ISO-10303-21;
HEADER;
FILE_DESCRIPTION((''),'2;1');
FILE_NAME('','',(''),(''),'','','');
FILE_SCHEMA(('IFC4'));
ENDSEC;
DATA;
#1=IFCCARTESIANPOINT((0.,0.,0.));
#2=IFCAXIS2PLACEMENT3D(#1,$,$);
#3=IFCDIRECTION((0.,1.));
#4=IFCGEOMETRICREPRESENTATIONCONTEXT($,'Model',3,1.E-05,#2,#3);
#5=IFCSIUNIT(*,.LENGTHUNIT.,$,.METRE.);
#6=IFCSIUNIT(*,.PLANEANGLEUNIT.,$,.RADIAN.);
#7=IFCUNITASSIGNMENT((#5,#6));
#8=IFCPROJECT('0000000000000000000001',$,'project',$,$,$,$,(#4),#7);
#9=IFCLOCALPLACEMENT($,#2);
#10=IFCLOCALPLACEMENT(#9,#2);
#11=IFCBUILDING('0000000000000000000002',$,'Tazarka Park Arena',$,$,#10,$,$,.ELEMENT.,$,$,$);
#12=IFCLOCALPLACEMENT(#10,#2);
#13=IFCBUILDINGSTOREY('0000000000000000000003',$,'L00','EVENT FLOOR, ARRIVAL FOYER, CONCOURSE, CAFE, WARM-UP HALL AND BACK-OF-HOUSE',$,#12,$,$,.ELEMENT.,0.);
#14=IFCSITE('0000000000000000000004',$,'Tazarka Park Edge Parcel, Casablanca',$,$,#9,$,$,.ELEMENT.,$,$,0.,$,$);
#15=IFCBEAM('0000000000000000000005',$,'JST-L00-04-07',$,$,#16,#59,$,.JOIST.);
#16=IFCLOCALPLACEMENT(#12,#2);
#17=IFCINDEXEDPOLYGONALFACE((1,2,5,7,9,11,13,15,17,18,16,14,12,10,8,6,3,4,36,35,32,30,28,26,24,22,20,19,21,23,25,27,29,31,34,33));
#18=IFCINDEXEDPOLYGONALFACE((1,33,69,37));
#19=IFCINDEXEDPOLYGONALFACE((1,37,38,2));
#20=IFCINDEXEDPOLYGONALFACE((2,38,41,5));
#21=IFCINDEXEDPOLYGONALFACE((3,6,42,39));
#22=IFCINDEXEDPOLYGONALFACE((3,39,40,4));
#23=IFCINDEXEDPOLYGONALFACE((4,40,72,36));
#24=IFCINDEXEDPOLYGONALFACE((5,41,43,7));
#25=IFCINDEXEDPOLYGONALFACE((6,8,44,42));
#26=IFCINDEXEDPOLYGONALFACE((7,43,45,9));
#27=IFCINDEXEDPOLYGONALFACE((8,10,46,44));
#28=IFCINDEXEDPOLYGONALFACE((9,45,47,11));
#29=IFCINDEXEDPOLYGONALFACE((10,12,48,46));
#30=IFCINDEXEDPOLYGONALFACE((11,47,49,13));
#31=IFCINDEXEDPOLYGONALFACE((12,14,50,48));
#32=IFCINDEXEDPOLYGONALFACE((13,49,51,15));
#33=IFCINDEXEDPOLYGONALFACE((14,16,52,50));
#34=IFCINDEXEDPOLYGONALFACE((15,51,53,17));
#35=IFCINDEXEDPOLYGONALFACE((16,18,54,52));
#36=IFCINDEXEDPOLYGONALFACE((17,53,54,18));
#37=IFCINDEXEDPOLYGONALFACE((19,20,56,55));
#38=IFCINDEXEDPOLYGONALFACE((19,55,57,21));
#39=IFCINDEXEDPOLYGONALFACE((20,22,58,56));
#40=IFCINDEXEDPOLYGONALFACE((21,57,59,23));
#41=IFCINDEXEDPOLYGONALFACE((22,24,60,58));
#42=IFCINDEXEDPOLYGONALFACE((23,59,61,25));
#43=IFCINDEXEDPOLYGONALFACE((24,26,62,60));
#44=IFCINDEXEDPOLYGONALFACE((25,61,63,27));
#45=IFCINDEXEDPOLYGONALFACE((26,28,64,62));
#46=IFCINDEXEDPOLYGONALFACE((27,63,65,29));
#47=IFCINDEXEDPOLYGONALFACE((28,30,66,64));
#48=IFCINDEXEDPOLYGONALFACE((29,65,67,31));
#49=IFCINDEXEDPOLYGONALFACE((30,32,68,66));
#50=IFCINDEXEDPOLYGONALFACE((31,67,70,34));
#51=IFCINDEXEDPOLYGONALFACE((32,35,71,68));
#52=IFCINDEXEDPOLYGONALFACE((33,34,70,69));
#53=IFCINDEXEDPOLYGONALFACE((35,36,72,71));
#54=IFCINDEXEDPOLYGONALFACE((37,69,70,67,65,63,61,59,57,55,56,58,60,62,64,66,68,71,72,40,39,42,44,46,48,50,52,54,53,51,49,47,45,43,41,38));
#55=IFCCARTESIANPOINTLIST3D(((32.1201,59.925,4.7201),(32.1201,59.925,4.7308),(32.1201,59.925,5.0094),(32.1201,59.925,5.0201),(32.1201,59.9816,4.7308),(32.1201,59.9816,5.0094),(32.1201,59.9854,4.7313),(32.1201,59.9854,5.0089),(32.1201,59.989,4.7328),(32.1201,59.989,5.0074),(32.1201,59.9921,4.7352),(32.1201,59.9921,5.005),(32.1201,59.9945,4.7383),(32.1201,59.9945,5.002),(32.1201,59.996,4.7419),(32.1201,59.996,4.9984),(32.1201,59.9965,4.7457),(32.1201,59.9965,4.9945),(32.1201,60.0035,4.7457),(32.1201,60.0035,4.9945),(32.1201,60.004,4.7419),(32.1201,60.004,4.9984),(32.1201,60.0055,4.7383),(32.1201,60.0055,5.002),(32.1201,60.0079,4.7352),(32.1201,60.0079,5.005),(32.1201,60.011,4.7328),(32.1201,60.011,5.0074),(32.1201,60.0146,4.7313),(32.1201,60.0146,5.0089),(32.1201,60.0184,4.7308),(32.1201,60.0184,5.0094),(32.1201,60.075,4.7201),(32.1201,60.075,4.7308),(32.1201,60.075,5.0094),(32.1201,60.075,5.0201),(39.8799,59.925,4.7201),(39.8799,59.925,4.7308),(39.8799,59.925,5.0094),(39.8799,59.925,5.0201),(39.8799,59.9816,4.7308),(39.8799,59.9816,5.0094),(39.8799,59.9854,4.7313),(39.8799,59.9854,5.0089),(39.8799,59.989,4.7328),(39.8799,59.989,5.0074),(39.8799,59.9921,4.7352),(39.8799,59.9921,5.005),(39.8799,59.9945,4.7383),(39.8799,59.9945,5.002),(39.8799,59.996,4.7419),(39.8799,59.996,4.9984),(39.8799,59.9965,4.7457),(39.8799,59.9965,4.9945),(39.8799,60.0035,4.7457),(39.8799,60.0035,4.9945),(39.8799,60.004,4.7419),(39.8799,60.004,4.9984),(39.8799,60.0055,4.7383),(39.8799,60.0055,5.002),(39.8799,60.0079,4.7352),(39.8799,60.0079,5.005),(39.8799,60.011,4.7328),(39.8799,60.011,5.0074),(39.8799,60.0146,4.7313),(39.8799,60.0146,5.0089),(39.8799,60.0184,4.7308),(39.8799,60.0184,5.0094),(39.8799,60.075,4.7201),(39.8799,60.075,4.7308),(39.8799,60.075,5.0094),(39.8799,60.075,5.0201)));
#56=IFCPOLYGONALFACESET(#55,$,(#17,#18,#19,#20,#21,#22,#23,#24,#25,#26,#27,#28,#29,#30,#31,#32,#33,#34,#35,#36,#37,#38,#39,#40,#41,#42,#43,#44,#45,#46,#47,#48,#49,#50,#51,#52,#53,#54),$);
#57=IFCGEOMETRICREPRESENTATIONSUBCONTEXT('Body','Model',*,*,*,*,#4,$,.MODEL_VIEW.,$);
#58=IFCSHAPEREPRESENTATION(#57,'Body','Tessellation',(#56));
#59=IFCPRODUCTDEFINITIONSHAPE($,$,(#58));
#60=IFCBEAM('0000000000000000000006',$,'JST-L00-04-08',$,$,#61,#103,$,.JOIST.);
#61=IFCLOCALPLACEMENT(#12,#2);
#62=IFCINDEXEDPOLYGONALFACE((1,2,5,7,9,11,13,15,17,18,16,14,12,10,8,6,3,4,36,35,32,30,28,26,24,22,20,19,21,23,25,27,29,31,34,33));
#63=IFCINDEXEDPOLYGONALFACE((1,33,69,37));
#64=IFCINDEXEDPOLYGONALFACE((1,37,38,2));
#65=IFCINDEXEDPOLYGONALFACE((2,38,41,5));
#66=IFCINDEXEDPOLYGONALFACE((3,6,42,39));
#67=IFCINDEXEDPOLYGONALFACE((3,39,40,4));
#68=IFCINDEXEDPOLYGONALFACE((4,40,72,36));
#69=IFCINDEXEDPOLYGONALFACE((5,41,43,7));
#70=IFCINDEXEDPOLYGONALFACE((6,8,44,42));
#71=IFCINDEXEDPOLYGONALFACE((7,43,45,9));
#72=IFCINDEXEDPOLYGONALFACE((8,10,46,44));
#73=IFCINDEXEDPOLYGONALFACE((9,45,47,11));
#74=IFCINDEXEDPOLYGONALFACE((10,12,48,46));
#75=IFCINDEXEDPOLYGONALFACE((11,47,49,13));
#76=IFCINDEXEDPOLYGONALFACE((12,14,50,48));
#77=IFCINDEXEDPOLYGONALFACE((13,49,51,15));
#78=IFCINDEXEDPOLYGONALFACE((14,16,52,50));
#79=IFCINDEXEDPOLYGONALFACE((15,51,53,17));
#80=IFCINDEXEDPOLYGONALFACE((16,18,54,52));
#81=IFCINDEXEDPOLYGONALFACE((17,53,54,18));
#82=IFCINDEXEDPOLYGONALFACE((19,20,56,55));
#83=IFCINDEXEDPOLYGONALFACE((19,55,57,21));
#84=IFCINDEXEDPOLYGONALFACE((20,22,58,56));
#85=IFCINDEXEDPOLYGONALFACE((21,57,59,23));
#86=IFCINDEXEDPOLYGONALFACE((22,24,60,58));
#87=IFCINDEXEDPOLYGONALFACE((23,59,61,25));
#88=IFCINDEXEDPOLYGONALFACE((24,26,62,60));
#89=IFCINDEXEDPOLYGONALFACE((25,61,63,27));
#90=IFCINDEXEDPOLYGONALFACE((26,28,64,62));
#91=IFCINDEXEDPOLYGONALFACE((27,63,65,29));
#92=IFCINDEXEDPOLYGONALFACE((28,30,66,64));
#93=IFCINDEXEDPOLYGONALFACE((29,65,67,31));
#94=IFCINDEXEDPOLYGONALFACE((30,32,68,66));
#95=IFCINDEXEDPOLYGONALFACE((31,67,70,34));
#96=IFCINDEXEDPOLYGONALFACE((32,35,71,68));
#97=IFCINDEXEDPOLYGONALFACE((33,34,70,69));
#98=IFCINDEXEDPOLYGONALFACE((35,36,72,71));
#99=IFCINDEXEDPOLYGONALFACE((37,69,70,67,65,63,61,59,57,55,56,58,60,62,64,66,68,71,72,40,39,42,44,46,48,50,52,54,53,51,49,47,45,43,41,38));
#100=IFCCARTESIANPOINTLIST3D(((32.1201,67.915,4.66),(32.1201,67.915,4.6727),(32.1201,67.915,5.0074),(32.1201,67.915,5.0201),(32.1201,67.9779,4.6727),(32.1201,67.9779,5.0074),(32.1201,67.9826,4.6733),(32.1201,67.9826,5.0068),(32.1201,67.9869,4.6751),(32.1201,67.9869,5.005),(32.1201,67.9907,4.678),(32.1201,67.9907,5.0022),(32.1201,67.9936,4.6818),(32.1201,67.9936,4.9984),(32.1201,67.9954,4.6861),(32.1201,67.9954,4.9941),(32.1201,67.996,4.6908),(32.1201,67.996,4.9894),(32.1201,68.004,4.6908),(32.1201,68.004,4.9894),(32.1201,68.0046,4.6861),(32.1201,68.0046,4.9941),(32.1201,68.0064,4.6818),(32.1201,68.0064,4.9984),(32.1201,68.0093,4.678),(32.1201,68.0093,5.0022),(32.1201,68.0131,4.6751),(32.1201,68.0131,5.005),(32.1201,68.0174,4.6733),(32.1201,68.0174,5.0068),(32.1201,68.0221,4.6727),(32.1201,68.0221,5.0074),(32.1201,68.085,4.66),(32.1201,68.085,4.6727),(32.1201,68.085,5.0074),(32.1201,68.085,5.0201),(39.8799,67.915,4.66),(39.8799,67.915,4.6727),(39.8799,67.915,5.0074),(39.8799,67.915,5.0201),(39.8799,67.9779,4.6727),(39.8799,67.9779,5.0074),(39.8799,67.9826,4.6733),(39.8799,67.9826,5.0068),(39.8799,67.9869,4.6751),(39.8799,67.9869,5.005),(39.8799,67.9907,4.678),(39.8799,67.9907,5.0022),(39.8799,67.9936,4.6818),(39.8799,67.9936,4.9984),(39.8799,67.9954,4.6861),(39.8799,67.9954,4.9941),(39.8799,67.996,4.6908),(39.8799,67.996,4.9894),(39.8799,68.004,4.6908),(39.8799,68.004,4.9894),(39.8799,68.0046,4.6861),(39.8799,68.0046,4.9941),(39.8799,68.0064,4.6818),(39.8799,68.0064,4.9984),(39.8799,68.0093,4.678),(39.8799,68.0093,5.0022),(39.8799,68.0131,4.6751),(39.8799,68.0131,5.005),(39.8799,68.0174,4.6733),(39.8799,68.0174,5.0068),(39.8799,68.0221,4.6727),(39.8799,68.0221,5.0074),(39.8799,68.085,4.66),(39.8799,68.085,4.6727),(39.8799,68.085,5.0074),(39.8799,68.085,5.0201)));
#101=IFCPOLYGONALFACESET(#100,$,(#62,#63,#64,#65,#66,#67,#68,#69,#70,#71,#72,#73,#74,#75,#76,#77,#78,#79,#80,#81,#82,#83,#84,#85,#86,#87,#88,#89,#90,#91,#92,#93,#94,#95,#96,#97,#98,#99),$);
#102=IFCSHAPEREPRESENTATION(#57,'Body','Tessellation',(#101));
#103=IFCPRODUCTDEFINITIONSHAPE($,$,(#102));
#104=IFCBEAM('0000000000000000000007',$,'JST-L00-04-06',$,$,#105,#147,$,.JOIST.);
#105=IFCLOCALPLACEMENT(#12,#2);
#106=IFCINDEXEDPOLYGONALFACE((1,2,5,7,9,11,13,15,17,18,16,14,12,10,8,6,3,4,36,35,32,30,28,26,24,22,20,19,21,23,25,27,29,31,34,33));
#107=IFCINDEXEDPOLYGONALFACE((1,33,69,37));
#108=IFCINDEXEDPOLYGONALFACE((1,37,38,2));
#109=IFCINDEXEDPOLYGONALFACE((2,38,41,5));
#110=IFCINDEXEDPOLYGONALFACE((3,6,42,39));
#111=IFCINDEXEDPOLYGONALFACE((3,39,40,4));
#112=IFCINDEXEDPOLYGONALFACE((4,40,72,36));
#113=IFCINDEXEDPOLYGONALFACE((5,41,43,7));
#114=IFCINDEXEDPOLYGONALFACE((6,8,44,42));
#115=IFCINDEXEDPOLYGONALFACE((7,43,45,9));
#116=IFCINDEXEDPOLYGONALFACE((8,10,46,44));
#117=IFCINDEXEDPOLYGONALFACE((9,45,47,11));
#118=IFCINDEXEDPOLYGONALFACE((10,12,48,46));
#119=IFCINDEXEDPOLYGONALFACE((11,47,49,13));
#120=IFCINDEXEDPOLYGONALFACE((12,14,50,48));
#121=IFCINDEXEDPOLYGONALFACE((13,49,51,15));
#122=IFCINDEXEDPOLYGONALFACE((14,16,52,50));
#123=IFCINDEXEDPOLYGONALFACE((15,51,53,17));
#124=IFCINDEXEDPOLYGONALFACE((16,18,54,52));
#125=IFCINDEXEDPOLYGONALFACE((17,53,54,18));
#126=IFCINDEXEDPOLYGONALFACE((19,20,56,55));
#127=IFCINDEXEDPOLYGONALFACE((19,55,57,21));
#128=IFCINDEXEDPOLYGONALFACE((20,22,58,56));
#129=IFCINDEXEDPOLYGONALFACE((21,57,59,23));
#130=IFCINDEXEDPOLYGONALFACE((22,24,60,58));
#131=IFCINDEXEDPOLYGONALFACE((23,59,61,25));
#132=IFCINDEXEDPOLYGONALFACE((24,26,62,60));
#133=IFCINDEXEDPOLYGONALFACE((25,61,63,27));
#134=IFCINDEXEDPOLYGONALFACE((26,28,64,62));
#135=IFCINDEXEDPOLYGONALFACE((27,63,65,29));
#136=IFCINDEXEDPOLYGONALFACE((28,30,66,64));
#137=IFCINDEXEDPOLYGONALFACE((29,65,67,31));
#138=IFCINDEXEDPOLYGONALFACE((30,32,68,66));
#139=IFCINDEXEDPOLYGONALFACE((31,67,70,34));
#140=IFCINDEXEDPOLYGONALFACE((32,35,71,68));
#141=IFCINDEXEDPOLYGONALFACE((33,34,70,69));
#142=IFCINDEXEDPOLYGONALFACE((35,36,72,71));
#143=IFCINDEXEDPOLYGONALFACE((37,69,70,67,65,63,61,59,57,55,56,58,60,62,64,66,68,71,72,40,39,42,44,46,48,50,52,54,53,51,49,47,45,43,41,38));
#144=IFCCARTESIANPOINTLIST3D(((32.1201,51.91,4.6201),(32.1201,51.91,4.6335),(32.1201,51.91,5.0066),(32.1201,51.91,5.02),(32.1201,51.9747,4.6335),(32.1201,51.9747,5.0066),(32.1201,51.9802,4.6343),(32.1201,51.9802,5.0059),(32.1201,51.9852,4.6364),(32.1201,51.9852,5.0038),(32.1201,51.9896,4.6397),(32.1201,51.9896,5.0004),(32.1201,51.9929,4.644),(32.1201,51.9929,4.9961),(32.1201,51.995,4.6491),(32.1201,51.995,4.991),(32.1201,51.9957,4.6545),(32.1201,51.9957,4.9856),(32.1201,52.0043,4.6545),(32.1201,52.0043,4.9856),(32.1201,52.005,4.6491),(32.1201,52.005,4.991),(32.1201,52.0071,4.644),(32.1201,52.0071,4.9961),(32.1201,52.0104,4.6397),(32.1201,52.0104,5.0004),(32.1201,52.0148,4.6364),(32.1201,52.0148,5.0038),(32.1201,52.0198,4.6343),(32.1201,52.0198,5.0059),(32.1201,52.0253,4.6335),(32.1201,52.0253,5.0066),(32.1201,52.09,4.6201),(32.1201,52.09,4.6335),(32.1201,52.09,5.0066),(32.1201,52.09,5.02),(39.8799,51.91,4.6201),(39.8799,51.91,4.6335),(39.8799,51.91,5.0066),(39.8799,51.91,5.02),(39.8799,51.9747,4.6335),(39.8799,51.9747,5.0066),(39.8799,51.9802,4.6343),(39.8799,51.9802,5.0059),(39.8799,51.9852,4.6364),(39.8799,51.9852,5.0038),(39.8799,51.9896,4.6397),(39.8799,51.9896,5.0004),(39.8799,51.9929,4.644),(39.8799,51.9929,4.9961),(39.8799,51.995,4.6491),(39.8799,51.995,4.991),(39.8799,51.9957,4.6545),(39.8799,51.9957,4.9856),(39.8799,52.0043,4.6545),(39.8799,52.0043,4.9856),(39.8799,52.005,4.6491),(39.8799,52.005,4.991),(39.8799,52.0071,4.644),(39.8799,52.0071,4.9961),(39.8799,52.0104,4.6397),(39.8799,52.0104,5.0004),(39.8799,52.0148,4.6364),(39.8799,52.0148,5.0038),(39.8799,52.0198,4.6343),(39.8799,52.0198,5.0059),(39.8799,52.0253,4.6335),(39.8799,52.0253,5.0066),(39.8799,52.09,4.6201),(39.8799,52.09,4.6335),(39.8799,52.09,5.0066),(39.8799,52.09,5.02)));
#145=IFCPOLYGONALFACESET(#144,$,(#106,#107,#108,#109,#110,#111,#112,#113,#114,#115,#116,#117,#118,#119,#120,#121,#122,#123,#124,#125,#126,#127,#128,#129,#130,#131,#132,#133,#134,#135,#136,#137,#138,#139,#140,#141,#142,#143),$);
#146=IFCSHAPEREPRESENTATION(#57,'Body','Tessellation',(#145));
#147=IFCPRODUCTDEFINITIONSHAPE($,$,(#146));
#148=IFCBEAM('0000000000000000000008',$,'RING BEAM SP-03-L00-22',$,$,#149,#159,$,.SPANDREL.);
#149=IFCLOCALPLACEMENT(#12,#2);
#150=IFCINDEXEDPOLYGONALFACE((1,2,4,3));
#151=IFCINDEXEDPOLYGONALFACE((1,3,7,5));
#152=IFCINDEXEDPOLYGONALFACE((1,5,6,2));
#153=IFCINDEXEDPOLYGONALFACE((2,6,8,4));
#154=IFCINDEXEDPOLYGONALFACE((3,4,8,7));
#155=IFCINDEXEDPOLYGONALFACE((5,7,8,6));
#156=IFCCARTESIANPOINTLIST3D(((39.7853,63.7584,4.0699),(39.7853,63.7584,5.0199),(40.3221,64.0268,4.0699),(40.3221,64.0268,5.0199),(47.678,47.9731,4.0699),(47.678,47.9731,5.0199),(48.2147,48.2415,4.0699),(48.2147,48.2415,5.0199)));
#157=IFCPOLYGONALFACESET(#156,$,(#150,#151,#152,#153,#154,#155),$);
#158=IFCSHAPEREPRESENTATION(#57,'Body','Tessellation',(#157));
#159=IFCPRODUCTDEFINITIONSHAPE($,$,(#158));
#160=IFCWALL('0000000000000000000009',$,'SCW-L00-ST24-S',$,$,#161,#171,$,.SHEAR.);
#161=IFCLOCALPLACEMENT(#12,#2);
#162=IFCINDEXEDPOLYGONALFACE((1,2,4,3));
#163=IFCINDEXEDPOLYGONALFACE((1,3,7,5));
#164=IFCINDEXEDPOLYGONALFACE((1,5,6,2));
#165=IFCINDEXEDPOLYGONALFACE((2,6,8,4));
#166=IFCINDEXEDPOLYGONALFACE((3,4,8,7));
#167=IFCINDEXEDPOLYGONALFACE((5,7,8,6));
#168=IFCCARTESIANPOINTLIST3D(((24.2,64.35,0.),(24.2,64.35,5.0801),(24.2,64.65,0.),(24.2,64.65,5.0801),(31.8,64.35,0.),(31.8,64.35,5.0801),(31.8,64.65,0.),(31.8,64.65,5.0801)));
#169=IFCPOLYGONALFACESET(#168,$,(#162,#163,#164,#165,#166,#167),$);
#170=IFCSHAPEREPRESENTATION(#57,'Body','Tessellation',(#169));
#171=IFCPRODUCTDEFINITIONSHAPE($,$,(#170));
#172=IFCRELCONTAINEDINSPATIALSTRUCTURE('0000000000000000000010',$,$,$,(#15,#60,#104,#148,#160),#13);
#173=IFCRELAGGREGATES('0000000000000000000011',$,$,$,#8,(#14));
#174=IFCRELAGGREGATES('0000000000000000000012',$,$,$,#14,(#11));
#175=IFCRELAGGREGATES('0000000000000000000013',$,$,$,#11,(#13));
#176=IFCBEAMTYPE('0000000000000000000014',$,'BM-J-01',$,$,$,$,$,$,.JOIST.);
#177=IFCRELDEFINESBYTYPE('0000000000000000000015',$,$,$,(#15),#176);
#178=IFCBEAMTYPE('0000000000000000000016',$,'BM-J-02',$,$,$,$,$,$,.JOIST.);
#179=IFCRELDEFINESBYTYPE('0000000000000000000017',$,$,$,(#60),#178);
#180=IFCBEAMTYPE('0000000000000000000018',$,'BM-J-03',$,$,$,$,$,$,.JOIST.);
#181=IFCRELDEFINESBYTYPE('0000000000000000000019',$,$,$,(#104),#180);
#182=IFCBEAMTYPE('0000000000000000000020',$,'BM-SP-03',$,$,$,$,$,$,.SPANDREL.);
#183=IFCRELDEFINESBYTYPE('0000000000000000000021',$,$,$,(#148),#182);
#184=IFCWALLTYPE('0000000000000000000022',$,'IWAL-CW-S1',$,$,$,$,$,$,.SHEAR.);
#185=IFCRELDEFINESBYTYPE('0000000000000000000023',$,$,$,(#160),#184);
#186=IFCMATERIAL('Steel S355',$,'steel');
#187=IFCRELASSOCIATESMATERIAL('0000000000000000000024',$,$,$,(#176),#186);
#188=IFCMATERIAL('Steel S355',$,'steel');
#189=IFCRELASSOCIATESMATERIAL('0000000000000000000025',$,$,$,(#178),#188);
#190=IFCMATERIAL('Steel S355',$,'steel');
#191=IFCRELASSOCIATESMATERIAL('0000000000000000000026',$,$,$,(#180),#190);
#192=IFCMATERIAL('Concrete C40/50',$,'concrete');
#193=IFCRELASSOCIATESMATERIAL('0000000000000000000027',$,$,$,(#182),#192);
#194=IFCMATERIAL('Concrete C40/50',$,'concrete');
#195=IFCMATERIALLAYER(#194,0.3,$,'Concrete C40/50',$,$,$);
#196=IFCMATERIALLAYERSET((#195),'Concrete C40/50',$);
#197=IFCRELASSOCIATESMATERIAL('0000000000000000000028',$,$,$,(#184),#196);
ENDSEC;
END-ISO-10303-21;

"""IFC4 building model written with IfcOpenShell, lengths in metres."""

from ifc_helpers import new_model, si_unit, direction, frame, frame_2d, origin, origin_2d, place, context, subcontext, project, spatial, rectangle, i_section, extrude, material, layer, layer_set, material_profile, profile_set, type_object, element, save


model = new_model("IFC4")

# Units and contexts
model_context = context("Model", 3, precision=1e-05, world=origin(), true_north=direction((0.0, 1.0)))
body_context = subcontext(model_context, "Body", "Model", "MODEL_VIEW")
ifc_project = project(units=[si_unit("LENGTHUNIT", "METRE"), si_unit("PLANEANGLEUNIT", "RADIAN")], contexts=[model_context])

# Site, building, storey
site_placement = place(None, origin())
site = spatial("IfcSite", under=ifc_project, at=site_placement, Name="Tazarka Park Edge Parcel, Casablanca", CompositionType="ELEMENT", RefElevation=0.0)
building_placement = place(site_placement, origin())
building = spatial("IfcBuilding", under=site, at=building_placement, Name="Tazarka Park Arena", CompositionType="ELEMENT")
storey_placement = place(building_placement, origin())
storey = spatial("IfcBuildingStorey", under=building, at=storey_placement, Name="L00", Description="EVENT FLOOR, ARRIVAL FOYER, CONCOURSE, CAFE, WARM-UP HALL AND BACK-OF-HOUSE", CompositionType="ELEMENT", Elevation=0.0)

# Beams
ifc_material_1 = material(Name="Steel S355", Category="steel")
ifc_material_profile_1 = material_profile(ifc_material_1, i_section(OverallWidth=0.1499, OverallDepth=0.3, WebThickness=0.0071, FlangeThickness=0.0107, FilletRadius=0.0149, at=origin_2d()), Name="Steel S355")
ifc_profile_set_1 = profile_set([ifc_material_profile_1], Name="Steel S355")
beam_type_1 = type_object("IfcBeamType", Name="BM-J-01", PredefinedType="JOIST", material=ifc_profile_set_1)
beam_1_placement = place(storey_placement, frame((32.1201, 60.0, 4.8701), z_axis=(1.0, 0.0, 0.0), x_axis=(0.0, 1.0, 0.0)))
element("IfcBeam", 1, at=beam_1_placement, inside=storey, type_object=beam_type_1, Name="JST-L00-04-07", PredefinedType="JOIST", context=body_context, shape_type="SweptSolid", body=[
    extrude(i_section(OverallWidth=0.1499, OverallDepth=0.3, WebThickness=0.0071, FlangeThickness=0.0107, FilletRadius=0.0149, at=origin_2d()), origin(), (0.0, 0.0, 1.0), 7.7598),
])
ifc_material_2 = material(Name="Steel S355", Category="steel")
ifc_material_profile_2 = material_profile(ifc_material_2, i_section(OverallWidth=0.1699, OverallDepth=0.3601, WebThickness=0.0081, FlangeThickness=0.0127, FilletRadius=0.0181, at=origin_2d()), Name="Steel S355")
ifc_profile_set_2 = profile_set([ifc_material_profile_2], Name="Steel S355")
beam_type_2 = type_object("IfcBeamType", Name="BM-J-02", PredefinedType="JOIST", material=ifc_profile_set_2)
beam_2_placement = place(storey_placement, frame((32.1201, 68.0, 4.8401), z_axis=(1.0, 0.0, 0.0), x_axis=(0.0, 1.0, 0.0)))
element("IfcBeam", 2, at=beam_2_placement, inside=storey, type_object=beam_type_2, Name="JST-L00-04-08", PredefinedType="JOIST", context=body_context, shape_type="SweptSolid", body=[
    extrude(i_section(OverallWidth=0.1699, OverallDepth=0.3601, WebThickness=0.0081, FlangeThickness=0.0127, FilletRadius=0.0181, at=origin_2d()), origin(), (0.0, 0.0, 1.0), 7.7598),
])
ifc_material_3 = material(Name="Steel S355", Category="steel")
ifc_material_profile_3 = material_profile(ifc_material_3, i_section(OverallWidth=0.1799, OverallDepth=0.3999, WebThickness=0.0085, FlangeThickness=0.0134, FilletRadius=0.021, at=origin_2d()), Name="Steel S355")
ifc_profile_set_3 = profile_set([ifc_material_profile_3], Name="Steel S355")
beam_type_3 = type_object("IfcBeamType", Name="BM-J-03", PredefinedType="JOIST", material=ifc_profile_set_3)
beam_3_placement = place(storey_placement, frame((32.1201, 52.0, 4.8201), z_axis=(1.0, 0.0, 0.0), x_axis=(0.0, 1.0, 0.0)))
element("IfcBeam", 3, at=beam_3_placement, inside=storey, type_object=beam_type_3, Name="JST-L00-04-06", PredefinedType="JOIST", context=body_context, shape_type="SweptSolid", body=[
    extrude(i_section(OverallWidth=0.1799, OverallDepth=0.3999, WebThickness=0.0085, FlangeThickness=0.0134, FilletRadius=0.021, at=origin_2d()), origin(), (0.0, 0.0, 1.0), 7.7598),
])
ifc_material_4 = material(Name="Concrete C40/50", Category="concrete")
ifc_material_profile_4 = material_profile(ifc_material_4, rectangle(XDim=0.6001, YDim=0.95, at=origin_2d()), Name="Concrete C40/50")
ifc_profile_set_4 = profile_set([ifc_material_profile_4], Name="Concrete C40/50")
beam_type_4 = type_object("IfcBeamType", Name="BM-SP-03", PredefinedType="SPANDREL", material=ifc_profile_set_4)
beam_4_placement = place(storey_placement, frame((40.0537, 63.8926, 4.5449), z_axis=(0.447214, -0.894427, 0.0), x_axis=(0.894427, 0.447214, 0.0)))
element("IfcBeam", 4, at=beam_4_placement, inside=storey, type_object=beam_type_4, Name="RING BEAM SP-03-L00-22", PredefinedType="SPANDREL", context=body_context, shape_type="SweptSolid", body=[
    extrude(rectangle(XDim=0.6001, YDim=0.95, at=origin_2d()), origin(), (0.0, 0.0, 1.0), 17.6484),
])

# Wall
ifc_material_5 = material(Name="Concrete C40/50", Category="concrete")
ifc_layer = layer(ifc_material_5, 0.3, Name="Concrete C40/50")
ifc_layer_set = layer_set([ifc_layer], Name="Concrete C40/50")
wall_type = type_object("IfcWallType", Name="IWAL-CW-S1", PredefinedType="SHEAR", material=ifc_layer_set)
wall_1_placement = place(storey_placement, frame((31.8, 64.5, 0.0), z_axis=(0.0, 0.0, 1.0), x_axis=(-1.0, 0.0, 0.0)))
element("IfcWall", 5, at=wall_1_placement, inside=storey, type_object=wall_type, Name="SCW-L00-ST24-S", PredefinedType="SHEAR", context=body_context, shape_type="SweptSolid", body=[
    extrude(rectangle(XDim=7.6001, YDim=0.3, at=frame_2d((3.8, 0.0))), origin(), (0.0, 0.0, 1.0), 5.0801),
])

save(model, "model.ifc")
